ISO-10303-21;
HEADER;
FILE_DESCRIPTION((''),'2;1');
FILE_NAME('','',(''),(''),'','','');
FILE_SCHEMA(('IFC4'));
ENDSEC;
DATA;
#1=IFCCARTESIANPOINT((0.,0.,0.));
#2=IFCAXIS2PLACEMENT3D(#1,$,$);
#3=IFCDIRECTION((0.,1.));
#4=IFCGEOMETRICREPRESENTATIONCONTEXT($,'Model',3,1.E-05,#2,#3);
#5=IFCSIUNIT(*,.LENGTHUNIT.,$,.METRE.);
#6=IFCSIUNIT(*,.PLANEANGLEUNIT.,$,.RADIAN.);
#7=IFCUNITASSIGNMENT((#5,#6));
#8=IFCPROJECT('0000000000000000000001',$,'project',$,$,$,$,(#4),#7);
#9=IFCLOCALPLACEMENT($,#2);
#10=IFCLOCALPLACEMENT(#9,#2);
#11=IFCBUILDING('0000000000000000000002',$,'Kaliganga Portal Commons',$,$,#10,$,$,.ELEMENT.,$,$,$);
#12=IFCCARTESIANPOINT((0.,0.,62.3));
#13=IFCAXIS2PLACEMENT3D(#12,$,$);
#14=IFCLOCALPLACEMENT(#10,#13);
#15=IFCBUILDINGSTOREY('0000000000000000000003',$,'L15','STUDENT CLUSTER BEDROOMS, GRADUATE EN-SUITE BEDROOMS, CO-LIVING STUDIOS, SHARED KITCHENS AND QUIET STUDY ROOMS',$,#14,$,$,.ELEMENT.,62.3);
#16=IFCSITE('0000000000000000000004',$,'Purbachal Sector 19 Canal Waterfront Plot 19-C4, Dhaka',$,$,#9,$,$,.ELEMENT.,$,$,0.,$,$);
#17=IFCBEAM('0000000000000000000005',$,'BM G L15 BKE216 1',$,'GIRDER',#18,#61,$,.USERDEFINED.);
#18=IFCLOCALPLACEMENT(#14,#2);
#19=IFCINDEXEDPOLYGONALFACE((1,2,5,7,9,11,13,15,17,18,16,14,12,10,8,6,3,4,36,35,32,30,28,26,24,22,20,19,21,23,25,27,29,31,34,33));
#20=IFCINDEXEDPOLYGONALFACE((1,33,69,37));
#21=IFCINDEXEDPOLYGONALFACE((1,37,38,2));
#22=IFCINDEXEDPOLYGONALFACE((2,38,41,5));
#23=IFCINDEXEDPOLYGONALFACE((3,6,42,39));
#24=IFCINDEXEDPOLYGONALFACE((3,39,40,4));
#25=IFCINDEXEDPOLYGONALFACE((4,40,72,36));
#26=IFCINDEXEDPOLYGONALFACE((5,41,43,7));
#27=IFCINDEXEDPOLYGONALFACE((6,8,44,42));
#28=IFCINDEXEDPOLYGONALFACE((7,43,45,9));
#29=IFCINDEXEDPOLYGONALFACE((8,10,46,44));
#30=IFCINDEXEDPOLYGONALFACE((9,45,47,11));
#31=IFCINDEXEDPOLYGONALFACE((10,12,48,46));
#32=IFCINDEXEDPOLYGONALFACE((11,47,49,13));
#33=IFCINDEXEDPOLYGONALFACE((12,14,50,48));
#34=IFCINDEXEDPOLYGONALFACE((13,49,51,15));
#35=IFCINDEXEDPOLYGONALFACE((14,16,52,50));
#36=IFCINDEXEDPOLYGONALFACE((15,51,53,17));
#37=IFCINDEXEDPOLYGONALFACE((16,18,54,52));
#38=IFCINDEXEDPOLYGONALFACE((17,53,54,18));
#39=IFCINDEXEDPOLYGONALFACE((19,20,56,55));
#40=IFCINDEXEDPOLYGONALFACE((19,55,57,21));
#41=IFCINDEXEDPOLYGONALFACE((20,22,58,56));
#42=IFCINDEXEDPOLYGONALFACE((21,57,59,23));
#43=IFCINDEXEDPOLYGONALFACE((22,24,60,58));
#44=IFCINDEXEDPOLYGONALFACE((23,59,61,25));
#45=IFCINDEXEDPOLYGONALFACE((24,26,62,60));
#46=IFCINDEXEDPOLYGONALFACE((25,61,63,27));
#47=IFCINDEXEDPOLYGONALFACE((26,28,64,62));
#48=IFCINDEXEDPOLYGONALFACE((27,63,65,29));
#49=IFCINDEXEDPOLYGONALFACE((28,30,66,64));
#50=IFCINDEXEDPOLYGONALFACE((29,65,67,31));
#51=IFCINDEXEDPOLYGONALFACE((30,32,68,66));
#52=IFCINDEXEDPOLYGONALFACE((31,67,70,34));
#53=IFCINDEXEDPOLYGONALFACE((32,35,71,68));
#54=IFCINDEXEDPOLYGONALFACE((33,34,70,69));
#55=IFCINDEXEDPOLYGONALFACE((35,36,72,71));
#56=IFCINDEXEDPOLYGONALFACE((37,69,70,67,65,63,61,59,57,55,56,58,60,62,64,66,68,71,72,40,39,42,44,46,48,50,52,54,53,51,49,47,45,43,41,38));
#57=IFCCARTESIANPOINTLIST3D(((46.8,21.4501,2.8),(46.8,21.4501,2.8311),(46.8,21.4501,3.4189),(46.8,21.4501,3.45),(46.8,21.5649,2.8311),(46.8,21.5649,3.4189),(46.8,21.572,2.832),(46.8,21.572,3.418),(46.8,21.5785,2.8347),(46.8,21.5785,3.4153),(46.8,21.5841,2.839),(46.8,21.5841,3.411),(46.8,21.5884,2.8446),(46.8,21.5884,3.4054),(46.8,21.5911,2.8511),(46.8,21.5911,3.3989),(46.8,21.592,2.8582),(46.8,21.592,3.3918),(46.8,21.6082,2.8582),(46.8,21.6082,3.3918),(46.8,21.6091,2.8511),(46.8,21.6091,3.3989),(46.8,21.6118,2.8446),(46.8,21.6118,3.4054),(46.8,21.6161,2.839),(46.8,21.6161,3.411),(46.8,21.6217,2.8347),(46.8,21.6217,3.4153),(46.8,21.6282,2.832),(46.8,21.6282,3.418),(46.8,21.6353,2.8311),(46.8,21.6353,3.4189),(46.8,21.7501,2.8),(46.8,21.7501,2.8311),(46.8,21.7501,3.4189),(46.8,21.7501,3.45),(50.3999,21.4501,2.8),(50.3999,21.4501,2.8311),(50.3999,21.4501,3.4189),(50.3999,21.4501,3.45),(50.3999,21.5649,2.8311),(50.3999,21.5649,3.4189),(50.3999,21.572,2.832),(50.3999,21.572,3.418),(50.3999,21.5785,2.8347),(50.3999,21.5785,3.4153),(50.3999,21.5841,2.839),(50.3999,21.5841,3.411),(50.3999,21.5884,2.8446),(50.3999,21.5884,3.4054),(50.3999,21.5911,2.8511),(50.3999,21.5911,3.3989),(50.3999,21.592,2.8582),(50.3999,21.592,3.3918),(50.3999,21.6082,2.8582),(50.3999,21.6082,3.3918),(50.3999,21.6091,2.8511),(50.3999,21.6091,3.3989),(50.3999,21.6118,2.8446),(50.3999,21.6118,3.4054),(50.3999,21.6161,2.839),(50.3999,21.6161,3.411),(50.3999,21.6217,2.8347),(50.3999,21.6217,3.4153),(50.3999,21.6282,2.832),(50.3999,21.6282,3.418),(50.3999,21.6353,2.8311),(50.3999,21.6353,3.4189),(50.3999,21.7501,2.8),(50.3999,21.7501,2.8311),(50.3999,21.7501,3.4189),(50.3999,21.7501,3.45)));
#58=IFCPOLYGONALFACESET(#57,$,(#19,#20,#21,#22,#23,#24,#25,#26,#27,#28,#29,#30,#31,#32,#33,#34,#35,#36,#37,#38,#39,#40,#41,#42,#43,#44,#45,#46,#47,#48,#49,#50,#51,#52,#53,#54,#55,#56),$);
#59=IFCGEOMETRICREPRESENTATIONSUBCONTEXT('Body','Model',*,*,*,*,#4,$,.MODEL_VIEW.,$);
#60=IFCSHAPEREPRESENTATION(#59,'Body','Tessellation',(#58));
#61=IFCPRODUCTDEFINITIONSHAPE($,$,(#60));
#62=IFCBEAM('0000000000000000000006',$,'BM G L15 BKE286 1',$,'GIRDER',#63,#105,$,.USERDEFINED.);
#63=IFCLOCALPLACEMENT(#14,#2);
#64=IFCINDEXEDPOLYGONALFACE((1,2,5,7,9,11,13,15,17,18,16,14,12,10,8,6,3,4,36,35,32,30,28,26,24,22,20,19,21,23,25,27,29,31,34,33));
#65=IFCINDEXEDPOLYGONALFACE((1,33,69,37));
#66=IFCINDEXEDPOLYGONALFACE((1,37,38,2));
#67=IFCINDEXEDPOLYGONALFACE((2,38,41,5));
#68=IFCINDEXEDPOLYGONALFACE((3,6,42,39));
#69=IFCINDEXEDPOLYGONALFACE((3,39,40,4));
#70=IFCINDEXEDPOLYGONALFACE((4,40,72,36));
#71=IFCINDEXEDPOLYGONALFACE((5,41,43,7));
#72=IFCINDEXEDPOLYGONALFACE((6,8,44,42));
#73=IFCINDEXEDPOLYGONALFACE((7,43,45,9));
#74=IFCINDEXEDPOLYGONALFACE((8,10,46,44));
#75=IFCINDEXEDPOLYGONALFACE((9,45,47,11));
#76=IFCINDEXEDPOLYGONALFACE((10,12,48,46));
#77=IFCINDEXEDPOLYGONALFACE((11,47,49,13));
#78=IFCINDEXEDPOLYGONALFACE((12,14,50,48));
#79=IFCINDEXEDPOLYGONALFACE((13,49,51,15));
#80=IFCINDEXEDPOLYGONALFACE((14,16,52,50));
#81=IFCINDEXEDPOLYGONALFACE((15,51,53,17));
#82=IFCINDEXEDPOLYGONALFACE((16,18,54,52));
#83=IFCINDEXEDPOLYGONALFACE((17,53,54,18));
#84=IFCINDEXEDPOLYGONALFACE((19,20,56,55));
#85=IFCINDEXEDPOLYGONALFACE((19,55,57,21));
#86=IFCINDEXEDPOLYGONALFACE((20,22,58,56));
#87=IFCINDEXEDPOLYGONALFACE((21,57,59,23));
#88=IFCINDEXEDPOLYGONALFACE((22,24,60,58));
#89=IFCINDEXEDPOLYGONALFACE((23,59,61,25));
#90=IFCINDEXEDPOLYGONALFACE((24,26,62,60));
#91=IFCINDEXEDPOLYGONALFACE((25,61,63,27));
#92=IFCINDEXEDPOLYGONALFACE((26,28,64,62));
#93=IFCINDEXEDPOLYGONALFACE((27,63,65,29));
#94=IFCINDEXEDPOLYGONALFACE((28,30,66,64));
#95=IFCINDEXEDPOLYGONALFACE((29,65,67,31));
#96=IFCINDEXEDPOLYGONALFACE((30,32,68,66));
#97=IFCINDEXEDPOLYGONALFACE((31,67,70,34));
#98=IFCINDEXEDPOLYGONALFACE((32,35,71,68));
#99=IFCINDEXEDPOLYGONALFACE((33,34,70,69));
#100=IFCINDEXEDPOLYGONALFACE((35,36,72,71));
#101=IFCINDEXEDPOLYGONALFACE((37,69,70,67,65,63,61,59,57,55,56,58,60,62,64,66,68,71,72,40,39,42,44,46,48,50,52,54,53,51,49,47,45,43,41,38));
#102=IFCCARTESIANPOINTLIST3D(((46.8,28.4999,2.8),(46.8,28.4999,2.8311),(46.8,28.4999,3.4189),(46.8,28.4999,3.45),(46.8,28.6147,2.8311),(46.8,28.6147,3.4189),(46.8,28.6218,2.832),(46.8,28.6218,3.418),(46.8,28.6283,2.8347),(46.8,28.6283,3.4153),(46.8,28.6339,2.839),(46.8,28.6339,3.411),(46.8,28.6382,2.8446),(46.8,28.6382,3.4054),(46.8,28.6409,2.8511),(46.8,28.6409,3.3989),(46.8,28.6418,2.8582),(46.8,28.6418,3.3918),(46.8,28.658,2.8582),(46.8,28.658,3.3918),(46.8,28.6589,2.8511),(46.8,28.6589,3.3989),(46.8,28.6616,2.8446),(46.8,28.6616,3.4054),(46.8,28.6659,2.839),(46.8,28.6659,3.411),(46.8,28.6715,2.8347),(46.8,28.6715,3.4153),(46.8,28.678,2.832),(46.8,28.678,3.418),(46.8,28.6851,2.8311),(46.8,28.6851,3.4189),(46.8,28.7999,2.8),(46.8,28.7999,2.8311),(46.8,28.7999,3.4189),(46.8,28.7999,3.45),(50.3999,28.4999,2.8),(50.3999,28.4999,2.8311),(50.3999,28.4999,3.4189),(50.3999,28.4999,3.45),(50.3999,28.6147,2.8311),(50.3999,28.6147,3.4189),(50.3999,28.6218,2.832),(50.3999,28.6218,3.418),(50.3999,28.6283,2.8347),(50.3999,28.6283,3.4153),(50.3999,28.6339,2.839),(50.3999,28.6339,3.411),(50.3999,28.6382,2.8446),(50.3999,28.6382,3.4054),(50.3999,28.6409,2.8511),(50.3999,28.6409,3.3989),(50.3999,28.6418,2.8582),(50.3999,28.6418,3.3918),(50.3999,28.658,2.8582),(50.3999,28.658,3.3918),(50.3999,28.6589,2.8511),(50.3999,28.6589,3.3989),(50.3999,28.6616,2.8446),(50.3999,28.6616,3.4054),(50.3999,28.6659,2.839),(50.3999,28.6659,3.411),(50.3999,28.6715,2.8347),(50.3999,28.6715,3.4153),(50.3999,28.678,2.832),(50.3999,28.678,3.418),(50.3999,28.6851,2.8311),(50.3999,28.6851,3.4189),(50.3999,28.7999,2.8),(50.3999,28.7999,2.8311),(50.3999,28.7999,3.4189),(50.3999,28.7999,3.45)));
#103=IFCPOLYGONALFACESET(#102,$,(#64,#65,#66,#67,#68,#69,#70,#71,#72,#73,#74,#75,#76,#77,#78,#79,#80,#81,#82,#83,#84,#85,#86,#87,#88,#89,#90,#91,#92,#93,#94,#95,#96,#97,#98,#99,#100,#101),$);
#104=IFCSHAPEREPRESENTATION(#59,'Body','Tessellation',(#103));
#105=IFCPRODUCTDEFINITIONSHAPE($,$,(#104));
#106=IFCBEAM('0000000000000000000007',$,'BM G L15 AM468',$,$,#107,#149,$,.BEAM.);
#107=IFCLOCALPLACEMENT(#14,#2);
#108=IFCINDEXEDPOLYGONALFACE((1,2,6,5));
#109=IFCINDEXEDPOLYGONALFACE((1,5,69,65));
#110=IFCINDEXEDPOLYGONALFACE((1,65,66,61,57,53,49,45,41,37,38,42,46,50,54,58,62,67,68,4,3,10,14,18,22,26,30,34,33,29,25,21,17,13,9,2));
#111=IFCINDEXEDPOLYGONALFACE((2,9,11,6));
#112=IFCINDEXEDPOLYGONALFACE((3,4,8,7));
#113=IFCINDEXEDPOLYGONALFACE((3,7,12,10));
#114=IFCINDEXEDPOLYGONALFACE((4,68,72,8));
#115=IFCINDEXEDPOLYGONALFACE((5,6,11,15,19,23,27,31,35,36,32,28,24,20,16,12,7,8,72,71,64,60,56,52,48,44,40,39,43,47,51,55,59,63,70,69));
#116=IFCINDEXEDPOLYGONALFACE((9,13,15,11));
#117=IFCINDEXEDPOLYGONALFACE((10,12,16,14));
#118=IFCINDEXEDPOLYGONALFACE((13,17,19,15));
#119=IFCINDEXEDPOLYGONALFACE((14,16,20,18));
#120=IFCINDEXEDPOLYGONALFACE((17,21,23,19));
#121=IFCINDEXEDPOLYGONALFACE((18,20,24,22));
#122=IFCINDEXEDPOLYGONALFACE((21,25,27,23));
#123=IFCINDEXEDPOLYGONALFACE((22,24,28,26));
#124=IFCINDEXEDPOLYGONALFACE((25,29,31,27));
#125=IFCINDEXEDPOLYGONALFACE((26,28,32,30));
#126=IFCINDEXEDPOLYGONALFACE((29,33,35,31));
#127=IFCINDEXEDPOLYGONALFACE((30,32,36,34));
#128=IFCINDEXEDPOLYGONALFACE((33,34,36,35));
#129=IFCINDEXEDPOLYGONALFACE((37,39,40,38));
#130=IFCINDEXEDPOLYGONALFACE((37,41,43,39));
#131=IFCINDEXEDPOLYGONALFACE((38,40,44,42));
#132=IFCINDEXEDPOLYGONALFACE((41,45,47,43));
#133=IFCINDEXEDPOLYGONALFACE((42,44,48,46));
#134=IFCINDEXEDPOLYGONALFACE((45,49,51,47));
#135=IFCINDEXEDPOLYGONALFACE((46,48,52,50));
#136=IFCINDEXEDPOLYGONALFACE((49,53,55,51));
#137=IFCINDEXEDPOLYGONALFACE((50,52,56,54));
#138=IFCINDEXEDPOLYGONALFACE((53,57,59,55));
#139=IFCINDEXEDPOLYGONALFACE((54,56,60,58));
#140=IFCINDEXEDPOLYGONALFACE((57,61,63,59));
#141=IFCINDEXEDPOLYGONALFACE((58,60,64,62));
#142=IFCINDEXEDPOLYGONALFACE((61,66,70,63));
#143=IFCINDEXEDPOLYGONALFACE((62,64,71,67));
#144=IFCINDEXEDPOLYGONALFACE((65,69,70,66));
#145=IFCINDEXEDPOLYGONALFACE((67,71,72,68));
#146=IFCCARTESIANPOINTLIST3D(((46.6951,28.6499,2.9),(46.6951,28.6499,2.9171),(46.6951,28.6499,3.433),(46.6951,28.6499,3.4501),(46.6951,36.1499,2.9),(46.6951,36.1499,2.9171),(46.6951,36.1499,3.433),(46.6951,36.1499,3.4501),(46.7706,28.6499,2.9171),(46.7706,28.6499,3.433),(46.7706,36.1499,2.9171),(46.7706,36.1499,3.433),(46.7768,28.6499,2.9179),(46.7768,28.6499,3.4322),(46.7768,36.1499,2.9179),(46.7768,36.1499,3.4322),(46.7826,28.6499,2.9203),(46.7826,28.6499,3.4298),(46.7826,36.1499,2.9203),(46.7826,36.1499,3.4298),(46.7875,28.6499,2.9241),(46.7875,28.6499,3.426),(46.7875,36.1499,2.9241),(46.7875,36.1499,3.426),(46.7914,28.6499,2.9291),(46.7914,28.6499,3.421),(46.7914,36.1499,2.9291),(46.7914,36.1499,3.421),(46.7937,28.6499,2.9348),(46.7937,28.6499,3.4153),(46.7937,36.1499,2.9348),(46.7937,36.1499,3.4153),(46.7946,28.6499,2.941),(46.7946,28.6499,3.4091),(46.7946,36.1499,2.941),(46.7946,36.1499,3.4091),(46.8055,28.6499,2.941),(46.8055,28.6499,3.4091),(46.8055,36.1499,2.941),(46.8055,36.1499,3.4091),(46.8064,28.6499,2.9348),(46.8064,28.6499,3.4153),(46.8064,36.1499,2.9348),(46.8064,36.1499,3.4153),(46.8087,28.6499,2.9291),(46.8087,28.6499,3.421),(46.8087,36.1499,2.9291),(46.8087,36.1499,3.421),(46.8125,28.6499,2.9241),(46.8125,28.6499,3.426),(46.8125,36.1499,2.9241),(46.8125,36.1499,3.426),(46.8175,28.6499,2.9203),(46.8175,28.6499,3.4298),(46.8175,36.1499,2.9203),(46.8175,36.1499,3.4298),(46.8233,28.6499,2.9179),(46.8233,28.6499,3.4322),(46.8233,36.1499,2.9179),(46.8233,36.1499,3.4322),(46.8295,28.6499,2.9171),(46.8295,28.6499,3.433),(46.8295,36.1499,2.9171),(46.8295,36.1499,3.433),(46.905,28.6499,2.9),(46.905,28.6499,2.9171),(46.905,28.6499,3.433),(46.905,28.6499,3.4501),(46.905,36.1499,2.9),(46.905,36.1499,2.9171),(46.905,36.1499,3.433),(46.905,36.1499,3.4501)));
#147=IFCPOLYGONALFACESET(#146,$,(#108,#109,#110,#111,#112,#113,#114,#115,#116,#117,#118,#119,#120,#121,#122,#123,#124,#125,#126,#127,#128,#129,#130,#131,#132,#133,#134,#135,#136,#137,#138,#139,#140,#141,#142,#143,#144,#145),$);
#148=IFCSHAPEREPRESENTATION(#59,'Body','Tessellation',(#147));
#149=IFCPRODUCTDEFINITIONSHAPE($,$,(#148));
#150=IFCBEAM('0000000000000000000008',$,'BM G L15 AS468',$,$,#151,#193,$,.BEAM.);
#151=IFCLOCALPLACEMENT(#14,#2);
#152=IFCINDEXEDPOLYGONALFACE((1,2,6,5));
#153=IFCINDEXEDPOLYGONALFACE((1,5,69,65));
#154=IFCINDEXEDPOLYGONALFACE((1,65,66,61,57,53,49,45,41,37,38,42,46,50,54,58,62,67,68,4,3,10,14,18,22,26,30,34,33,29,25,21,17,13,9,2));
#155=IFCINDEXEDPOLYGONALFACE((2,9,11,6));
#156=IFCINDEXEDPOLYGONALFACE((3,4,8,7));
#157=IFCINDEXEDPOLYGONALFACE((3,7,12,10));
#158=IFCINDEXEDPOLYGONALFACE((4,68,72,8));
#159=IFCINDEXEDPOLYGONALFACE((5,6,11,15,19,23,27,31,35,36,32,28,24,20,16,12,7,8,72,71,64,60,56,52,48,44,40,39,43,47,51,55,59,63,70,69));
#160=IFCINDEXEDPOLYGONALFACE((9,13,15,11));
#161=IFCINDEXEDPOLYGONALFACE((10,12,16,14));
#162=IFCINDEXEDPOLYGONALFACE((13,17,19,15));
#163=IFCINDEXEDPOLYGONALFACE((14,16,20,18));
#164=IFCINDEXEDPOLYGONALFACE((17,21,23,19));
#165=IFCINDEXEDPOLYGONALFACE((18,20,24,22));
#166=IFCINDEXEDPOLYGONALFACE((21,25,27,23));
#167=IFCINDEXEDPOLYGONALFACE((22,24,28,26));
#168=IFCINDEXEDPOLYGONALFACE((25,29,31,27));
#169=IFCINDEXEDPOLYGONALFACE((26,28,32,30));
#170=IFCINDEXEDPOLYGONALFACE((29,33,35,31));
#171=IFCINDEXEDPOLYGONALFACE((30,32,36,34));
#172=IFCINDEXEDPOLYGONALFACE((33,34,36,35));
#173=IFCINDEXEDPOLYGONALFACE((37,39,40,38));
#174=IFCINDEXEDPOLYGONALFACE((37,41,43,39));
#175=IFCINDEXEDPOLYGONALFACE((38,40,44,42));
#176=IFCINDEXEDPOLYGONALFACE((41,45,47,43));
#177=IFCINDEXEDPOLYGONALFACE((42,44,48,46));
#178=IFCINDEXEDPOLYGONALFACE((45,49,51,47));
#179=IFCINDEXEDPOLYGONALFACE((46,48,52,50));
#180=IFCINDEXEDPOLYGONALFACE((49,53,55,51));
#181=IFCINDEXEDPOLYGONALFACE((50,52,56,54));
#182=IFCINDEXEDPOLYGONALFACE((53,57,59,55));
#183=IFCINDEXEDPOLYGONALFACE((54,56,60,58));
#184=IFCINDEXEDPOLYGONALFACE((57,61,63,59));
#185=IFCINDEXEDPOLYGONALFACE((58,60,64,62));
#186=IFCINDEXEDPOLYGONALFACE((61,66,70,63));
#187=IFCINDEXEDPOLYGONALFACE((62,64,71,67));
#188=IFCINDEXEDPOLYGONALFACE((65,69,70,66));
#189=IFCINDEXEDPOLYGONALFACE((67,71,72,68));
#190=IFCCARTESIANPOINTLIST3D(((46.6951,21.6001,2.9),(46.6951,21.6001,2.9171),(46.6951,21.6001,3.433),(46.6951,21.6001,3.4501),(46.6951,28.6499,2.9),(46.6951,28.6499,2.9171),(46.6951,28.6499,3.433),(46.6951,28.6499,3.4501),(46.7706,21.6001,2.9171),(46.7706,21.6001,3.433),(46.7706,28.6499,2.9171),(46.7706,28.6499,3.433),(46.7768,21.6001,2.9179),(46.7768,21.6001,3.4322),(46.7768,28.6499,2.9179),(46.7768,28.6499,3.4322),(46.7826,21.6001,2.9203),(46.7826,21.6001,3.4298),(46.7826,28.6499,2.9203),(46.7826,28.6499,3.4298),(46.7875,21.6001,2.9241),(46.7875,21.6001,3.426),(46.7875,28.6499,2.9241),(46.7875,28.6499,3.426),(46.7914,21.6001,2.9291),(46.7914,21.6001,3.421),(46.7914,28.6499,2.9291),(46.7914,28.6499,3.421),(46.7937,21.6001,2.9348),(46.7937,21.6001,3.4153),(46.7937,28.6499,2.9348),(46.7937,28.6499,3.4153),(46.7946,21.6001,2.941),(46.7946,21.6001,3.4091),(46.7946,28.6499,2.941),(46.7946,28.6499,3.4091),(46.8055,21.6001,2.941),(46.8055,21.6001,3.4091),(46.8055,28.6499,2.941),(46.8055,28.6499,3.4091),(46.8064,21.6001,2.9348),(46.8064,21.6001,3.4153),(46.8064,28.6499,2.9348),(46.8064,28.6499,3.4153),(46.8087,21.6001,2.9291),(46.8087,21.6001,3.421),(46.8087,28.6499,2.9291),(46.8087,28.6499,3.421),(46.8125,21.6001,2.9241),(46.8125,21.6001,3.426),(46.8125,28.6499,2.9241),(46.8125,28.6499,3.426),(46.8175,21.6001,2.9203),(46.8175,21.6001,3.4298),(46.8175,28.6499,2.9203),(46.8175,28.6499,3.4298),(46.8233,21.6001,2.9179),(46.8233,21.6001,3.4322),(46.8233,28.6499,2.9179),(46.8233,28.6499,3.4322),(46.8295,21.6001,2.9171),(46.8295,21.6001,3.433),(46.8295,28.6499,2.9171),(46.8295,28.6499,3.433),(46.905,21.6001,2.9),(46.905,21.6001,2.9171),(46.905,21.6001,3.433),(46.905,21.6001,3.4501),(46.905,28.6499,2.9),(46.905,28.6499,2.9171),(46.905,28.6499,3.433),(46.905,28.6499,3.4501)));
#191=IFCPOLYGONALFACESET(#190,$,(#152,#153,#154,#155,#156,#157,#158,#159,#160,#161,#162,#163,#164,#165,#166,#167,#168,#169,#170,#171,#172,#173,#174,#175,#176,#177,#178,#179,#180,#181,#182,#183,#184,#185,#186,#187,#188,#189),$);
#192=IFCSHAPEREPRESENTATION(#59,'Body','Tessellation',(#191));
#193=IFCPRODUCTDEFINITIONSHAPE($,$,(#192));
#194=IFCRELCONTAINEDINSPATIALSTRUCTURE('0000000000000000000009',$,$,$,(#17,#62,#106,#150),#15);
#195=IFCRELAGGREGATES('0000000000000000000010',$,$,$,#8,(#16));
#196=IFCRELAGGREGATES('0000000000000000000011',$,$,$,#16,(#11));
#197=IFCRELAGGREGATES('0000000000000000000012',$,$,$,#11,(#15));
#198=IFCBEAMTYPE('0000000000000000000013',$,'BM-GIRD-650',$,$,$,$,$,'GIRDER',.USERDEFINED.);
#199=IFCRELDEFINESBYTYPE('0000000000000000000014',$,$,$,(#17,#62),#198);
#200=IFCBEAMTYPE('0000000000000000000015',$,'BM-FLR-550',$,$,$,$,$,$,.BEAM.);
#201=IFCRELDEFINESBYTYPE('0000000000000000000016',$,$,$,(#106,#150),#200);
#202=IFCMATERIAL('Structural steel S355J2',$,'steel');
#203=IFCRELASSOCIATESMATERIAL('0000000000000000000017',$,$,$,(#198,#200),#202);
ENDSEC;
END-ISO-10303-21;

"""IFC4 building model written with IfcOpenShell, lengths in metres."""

from ifc_helpers import new_model, si_unit, direction, frame, origin, origin_2d, place, context, subcontext, project, spatial, i_section, extrude, source, transform, mapped, material, material_profile, profile_set, type_object, element, save


model = new_model("IFC4")

# Units and contexts
model_context = context("Model", 3, precision=1e-05, world=origin(), true_north=direction((0.0, 1.0)))
body_context = subcontext(model_context, "Body", "Model", "MODEL_VIEW")
ifc_project = project(units=[si_unit("LENGTHUNIT", "METRE"), si_unit("PLANEANGLEUNIT", "RADIAN")], contexts=[model_context])

# Site, building, storey
site_placement = place(None, origin())
site = spatial("IfcSite", under=ifc_project, at=site_placement, Name="Purbachal Sector 19 Canal Waterfront Plot 19-C4, Dhaka", CompositionType="ELEMENT", RefElevation=0.0)
building_placement = place(site_placement, origin())
building = spatial("IfcBuilding", under=site, at=building_placement, Name="Kaliganga Portal Commons", CompositionType="ELEMENT")
storey_placement = place(building_placement, frame((0.0, 0.0, 62.3)))
storey = spatial("IfcBuildingStorey", under=building, at=storey_placement, Name="L15", Description="STUDENT CLUSTER BEDROOMS, GRADUATE EN-SUITE BEDROOMS, CO-LIVING STUDIOS, SHARED KITCHENS AND QUIET STUDY ROOMS", CompositionType="ELEMENT", Elevation=62.3)

# Beams
ifc_material_1 = material(Name="Structural steel S355J2", Category="steel")
ifc_material_profile_1 = material_profile(ifc_material_1, i_section(OverallWidth=0.3, OverallDepth=0.6499, WebThickness=0.0161, FlangeThickness=0.031, FilletRadius=0.0271, at=origin_2d()), Name="HE 650 B")
ifc_profile_set_1 = profile_set([ifc_material_profile_1], Name="Structural steel S355J2 wide-flange")
beam_type_1 = type_object("IfcBeamType", Name="BM-GIRD-650", ElementType="GIRDER", PredefinedType="USERDEFINED", material=ifc_profile_set_1)
shared_shape_1 = source(origin(), body_context, "Body", "SweptSolid", [
    extrude(i_section(OverallWidth=0.3, OverallDepth=0.6499, WebThickness=0.0161, FlangeThickness=0.031, FilletRadius=0.0271, at=origin_2d()), origin(), (0.0, 0.0, 1.0), 3.5999),
])
for number, where, z_axis, x_axis, name in (
    (1, (46.8, 21.6001, 3.125), (1.0, 0.0, 0.0), (0.0, 1.0, 0.0), "BM G L15 BKE216 1"),
    (2, (46.8, 28.6499, 3.125), (1.0, 0.0, 0.0), (0.0, 1.0, 0.0), "BM G L15 BKE286 1"),
):
    element("IfcBeam", number, at=place(storey_placement, frame(where, z_axis=z_axis, x_axis=x_axis)), inside=storey, type_object=beam_type_1, Name=name, ObjectType="GIRDER", PredefinedType="USERDEFINED", context=body_context, shape_type="MappedRepresentation", body=[
        mapped(shared_shape_1, transform((0.0, 0.0, 0.0), x_axis=(1.0, 0.0, 0.0), y_axis=(0.0, 1.0, 0.0), z_axis=(0.0, 0.0, 1.0), scale=1.0)),
    ])
ifc_material_profile_2 = material_profile(ifc_material_1, i_section(OverallWidth=0.21, OverallDepth=0.55, WebThickness=0.011, FlangeThickness=0.0171, FilletRadius=0.0239, at=origin_2d()), Name="IPE 550")
ifc_profile_set_2 = profile_set([ifc_material_profile_2], Name="Structural steel S355J2 wide-flange")
beam_type_2 = type_object("IfcBeamType", Name="BM-FLR-550", PredefinedType="BEAM", material=ifc_profile_set_2)
shared_shape_2 = source(origin(), body_context, "Body", "SweptSolid", [
    extrude(i_section(OverallWidth=0.21, OverallDepth=0.55, WebThickness=0.011, FlangeThickness=0.0171, FilletRadius=0.0239, at=origin_2d()), origin(), (0.0, 0.0, 1.0), 7.5),
])
beam_1_placement = place(storey_placement, frame((46.8, 28.6499, 3.175), z_axis=(0.0, 1.0, 0.0), x_axis=(-1.0, 0.0, 0.0)))
element("IfcBeam", 3, at=beam_1_placement, inside=storey, type_object=beam_type_2, Name="BM G L15 AM468", PredefinedType="BEAM", context=body_context, shape_type="MappedRepresentation", body=[
    mapped(shared_shape_2, transform((0.0, 0.0, 0.0), x_axis=(1.0, 0.0, 0.0), y_axis=(0.0, 1.0, 0.0), z_axis=(0.0, 0.0, 1.0), scale=1.0)),
])
shared_shape_3 = source(origin(), body_context, "Body", "SweptSolid", [
    extrude(i_section(OverallWidth=0.21, OverallDepth=0.55, WebThickness=0.011, FlangeThickness=0.0171, FilletRadius=0.0239, at=origin_2d()), origin(), (0.0, 0.0, 1.0), 7.0498),
])
beam_2_placement = place(storey_placement, frame((46.8, 21.6001, 3.175), z_axis=(0.0, 1.0, 0.0), x_axis=(-1.0, 0.0, 0.0)))
element("IfcBeam", 4, at=beam_2_placement, inside=storey, type_object=beam_type_2, Name="BM G L15 AS468", PredefinedType="BEAM", context=body_context, shape_type="MappedRepresentation", body=[
    mapped(shared_shape_3, transform((0.0, 0.0, 0.0), x_axis=(1.0, 0.0, 0.0), y_axis=(0.0, 1.0, 0.0), z_axis=(0.0, 0.0, 1.0), scale=1.0)),
])

save(model, "model.ifc")
